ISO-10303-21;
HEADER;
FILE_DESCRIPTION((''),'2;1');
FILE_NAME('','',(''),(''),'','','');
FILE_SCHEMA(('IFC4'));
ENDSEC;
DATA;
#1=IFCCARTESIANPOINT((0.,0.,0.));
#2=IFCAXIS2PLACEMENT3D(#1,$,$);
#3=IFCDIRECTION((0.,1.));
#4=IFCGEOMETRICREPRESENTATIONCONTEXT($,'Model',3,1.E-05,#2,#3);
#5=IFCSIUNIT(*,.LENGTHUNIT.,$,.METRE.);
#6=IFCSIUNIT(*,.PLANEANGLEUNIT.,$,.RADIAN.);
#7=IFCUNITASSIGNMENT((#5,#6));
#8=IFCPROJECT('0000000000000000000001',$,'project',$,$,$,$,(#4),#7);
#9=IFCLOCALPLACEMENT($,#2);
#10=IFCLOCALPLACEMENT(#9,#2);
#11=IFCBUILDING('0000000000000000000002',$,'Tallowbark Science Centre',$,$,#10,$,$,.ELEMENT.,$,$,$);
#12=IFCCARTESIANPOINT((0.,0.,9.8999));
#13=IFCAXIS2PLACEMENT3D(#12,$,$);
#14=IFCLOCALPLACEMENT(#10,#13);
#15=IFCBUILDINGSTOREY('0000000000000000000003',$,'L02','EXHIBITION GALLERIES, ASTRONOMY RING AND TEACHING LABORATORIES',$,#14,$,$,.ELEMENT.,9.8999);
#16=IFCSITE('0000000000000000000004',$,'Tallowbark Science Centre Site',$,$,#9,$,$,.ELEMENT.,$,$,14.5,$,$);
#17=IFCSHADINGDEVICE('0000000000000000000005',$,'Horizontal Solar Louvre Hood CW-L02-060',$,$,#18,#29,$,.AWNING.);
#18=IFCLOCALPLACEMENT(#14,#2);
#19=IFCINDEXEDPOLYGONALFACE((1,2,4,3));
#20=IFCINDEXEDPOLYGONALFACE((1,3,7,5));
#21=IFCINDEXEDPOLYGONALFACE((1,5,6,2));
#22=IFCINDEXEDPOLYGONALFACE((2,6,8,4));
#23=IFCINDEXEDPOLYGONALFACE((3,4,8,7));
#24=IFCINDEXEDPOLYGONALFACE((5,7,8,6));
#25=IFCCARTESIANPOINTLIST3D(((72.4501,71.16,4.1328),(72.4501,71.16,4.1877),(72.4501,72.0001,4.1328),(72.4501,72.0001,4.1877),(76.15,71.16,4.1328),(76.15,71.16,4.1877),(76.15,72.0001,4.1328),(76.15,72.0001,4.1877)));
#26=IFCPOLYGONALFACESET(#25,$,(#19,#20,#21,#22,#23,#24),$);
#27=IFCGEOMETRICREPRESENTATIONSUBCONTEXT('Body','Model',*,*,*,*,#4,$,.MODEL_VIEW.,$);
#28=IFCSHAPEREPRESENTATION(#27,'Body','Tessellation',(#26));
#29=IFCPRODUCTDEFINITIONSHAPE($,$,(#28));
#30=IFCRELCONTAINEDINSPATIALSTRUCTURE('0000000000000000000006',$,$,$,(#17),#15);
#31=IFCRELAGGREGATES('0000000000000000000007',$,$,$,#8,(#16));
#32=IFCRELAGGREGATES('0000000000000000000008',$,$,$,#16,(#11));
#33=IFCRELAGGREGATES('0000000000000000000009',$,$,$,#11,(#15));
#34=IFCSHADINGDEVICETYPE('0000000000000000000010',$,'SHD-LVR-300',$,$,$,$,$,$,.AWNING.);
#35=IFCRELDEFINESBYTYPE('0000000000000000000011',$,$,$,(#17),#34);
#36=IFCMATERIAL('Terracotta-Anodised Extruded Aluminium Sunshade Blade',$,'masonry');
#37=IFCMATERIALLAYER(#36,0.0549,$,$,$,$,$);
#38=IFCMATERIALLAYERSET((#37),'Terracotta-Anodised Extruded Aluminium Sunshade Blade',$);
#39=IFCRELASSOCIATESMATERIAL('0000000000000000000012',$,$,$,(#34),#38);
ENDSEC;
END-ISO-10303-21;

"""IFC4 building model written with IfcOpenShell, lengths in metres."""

from ifc_helpers import new_model, si_unit, direction, frame, origin, origin_2d, place, context, subcontext, project, spatial, rectangle, extrude, material, layer, layer_set, type_object, element, save


model = new_model("IFC4")

# Units and contexts
model_context = context("Model", 3, precision=1e-05, world=origin(), true_north=direction((0.0, 1.0)))
body_context = subcontext(model_context, "Body", "Model", "MODEL_VIEW")
ifc_project = project(units=[si_unit("LENGTHUNIT", "METRE"), si_unit("PLANEANGLEUNIT", "RADIAN")], contexts=[model_context])

# Site, building, storey
site_placement = place(None, origin())
site = spatial("IfcSite", under=ifc_project, at=site_placement, Name="Tallowbark Science Centre Site", CompositionType="ELEMENT", RefElevation=14.5)
building_placement = place(site_placement, origin())
building = spatial("IfcBuilding", under=site, at=building_placement, Name="Tallowbark Science Centre", CompositionType="ELEMENT")
storey_placement = place(building_placement, frame((0.0, 0.0, 9.8999)))
storey = spatial("IfcBuildingStorey", under=building, at=storey_placement, Name="L02", Description="EXHIBITION GALLERIES, ASTRONOMY RING AND TEACHING LABORATORIES", CompositionType="ELEMENT", Elevation=9.8999)

# Shading device
ifc_material_1 = material(Name="Terracotta-Anodised Extruded Aluminium Sunshade Blade", Category="masonry")
ifc_layer_1 = layer(ifc_material_1, 0.0549)
ifc_layer_set_1 = layer_set([ifc_layer_1], Name="Terracotta-Anodised Extruded Aluminium Sunshade Blade")
shading_device_type = type_object("IfcShadingDeviceType", Name="SHD-LVR-300", PredefinedType="AWNING", material=ifc_layer_set_1)
shading_device_placement = place(storey_placement, frame((74.3, 71.5801, 4.1328), z_axis=(0.0, 0.0, 1.0), x_axis=(1.0, 0.0, 0.0)))
element("IfcShadingDevice", 1, at=shading_device_placement, inside=storey, type_object=shading_device_type, Name="Horizontal Solar Louvre Hood CW-L02-060", PredefinedType="AWNING", context=body_context, shape_type="SweptSolid", body=[
    extrude(rectangle(XDim=3.7, YDim=0.8401, at=origin_2d()), origin(), (0.0, 0.0, 1.0), 0.0549),
])

save(model, "model.ifc")
